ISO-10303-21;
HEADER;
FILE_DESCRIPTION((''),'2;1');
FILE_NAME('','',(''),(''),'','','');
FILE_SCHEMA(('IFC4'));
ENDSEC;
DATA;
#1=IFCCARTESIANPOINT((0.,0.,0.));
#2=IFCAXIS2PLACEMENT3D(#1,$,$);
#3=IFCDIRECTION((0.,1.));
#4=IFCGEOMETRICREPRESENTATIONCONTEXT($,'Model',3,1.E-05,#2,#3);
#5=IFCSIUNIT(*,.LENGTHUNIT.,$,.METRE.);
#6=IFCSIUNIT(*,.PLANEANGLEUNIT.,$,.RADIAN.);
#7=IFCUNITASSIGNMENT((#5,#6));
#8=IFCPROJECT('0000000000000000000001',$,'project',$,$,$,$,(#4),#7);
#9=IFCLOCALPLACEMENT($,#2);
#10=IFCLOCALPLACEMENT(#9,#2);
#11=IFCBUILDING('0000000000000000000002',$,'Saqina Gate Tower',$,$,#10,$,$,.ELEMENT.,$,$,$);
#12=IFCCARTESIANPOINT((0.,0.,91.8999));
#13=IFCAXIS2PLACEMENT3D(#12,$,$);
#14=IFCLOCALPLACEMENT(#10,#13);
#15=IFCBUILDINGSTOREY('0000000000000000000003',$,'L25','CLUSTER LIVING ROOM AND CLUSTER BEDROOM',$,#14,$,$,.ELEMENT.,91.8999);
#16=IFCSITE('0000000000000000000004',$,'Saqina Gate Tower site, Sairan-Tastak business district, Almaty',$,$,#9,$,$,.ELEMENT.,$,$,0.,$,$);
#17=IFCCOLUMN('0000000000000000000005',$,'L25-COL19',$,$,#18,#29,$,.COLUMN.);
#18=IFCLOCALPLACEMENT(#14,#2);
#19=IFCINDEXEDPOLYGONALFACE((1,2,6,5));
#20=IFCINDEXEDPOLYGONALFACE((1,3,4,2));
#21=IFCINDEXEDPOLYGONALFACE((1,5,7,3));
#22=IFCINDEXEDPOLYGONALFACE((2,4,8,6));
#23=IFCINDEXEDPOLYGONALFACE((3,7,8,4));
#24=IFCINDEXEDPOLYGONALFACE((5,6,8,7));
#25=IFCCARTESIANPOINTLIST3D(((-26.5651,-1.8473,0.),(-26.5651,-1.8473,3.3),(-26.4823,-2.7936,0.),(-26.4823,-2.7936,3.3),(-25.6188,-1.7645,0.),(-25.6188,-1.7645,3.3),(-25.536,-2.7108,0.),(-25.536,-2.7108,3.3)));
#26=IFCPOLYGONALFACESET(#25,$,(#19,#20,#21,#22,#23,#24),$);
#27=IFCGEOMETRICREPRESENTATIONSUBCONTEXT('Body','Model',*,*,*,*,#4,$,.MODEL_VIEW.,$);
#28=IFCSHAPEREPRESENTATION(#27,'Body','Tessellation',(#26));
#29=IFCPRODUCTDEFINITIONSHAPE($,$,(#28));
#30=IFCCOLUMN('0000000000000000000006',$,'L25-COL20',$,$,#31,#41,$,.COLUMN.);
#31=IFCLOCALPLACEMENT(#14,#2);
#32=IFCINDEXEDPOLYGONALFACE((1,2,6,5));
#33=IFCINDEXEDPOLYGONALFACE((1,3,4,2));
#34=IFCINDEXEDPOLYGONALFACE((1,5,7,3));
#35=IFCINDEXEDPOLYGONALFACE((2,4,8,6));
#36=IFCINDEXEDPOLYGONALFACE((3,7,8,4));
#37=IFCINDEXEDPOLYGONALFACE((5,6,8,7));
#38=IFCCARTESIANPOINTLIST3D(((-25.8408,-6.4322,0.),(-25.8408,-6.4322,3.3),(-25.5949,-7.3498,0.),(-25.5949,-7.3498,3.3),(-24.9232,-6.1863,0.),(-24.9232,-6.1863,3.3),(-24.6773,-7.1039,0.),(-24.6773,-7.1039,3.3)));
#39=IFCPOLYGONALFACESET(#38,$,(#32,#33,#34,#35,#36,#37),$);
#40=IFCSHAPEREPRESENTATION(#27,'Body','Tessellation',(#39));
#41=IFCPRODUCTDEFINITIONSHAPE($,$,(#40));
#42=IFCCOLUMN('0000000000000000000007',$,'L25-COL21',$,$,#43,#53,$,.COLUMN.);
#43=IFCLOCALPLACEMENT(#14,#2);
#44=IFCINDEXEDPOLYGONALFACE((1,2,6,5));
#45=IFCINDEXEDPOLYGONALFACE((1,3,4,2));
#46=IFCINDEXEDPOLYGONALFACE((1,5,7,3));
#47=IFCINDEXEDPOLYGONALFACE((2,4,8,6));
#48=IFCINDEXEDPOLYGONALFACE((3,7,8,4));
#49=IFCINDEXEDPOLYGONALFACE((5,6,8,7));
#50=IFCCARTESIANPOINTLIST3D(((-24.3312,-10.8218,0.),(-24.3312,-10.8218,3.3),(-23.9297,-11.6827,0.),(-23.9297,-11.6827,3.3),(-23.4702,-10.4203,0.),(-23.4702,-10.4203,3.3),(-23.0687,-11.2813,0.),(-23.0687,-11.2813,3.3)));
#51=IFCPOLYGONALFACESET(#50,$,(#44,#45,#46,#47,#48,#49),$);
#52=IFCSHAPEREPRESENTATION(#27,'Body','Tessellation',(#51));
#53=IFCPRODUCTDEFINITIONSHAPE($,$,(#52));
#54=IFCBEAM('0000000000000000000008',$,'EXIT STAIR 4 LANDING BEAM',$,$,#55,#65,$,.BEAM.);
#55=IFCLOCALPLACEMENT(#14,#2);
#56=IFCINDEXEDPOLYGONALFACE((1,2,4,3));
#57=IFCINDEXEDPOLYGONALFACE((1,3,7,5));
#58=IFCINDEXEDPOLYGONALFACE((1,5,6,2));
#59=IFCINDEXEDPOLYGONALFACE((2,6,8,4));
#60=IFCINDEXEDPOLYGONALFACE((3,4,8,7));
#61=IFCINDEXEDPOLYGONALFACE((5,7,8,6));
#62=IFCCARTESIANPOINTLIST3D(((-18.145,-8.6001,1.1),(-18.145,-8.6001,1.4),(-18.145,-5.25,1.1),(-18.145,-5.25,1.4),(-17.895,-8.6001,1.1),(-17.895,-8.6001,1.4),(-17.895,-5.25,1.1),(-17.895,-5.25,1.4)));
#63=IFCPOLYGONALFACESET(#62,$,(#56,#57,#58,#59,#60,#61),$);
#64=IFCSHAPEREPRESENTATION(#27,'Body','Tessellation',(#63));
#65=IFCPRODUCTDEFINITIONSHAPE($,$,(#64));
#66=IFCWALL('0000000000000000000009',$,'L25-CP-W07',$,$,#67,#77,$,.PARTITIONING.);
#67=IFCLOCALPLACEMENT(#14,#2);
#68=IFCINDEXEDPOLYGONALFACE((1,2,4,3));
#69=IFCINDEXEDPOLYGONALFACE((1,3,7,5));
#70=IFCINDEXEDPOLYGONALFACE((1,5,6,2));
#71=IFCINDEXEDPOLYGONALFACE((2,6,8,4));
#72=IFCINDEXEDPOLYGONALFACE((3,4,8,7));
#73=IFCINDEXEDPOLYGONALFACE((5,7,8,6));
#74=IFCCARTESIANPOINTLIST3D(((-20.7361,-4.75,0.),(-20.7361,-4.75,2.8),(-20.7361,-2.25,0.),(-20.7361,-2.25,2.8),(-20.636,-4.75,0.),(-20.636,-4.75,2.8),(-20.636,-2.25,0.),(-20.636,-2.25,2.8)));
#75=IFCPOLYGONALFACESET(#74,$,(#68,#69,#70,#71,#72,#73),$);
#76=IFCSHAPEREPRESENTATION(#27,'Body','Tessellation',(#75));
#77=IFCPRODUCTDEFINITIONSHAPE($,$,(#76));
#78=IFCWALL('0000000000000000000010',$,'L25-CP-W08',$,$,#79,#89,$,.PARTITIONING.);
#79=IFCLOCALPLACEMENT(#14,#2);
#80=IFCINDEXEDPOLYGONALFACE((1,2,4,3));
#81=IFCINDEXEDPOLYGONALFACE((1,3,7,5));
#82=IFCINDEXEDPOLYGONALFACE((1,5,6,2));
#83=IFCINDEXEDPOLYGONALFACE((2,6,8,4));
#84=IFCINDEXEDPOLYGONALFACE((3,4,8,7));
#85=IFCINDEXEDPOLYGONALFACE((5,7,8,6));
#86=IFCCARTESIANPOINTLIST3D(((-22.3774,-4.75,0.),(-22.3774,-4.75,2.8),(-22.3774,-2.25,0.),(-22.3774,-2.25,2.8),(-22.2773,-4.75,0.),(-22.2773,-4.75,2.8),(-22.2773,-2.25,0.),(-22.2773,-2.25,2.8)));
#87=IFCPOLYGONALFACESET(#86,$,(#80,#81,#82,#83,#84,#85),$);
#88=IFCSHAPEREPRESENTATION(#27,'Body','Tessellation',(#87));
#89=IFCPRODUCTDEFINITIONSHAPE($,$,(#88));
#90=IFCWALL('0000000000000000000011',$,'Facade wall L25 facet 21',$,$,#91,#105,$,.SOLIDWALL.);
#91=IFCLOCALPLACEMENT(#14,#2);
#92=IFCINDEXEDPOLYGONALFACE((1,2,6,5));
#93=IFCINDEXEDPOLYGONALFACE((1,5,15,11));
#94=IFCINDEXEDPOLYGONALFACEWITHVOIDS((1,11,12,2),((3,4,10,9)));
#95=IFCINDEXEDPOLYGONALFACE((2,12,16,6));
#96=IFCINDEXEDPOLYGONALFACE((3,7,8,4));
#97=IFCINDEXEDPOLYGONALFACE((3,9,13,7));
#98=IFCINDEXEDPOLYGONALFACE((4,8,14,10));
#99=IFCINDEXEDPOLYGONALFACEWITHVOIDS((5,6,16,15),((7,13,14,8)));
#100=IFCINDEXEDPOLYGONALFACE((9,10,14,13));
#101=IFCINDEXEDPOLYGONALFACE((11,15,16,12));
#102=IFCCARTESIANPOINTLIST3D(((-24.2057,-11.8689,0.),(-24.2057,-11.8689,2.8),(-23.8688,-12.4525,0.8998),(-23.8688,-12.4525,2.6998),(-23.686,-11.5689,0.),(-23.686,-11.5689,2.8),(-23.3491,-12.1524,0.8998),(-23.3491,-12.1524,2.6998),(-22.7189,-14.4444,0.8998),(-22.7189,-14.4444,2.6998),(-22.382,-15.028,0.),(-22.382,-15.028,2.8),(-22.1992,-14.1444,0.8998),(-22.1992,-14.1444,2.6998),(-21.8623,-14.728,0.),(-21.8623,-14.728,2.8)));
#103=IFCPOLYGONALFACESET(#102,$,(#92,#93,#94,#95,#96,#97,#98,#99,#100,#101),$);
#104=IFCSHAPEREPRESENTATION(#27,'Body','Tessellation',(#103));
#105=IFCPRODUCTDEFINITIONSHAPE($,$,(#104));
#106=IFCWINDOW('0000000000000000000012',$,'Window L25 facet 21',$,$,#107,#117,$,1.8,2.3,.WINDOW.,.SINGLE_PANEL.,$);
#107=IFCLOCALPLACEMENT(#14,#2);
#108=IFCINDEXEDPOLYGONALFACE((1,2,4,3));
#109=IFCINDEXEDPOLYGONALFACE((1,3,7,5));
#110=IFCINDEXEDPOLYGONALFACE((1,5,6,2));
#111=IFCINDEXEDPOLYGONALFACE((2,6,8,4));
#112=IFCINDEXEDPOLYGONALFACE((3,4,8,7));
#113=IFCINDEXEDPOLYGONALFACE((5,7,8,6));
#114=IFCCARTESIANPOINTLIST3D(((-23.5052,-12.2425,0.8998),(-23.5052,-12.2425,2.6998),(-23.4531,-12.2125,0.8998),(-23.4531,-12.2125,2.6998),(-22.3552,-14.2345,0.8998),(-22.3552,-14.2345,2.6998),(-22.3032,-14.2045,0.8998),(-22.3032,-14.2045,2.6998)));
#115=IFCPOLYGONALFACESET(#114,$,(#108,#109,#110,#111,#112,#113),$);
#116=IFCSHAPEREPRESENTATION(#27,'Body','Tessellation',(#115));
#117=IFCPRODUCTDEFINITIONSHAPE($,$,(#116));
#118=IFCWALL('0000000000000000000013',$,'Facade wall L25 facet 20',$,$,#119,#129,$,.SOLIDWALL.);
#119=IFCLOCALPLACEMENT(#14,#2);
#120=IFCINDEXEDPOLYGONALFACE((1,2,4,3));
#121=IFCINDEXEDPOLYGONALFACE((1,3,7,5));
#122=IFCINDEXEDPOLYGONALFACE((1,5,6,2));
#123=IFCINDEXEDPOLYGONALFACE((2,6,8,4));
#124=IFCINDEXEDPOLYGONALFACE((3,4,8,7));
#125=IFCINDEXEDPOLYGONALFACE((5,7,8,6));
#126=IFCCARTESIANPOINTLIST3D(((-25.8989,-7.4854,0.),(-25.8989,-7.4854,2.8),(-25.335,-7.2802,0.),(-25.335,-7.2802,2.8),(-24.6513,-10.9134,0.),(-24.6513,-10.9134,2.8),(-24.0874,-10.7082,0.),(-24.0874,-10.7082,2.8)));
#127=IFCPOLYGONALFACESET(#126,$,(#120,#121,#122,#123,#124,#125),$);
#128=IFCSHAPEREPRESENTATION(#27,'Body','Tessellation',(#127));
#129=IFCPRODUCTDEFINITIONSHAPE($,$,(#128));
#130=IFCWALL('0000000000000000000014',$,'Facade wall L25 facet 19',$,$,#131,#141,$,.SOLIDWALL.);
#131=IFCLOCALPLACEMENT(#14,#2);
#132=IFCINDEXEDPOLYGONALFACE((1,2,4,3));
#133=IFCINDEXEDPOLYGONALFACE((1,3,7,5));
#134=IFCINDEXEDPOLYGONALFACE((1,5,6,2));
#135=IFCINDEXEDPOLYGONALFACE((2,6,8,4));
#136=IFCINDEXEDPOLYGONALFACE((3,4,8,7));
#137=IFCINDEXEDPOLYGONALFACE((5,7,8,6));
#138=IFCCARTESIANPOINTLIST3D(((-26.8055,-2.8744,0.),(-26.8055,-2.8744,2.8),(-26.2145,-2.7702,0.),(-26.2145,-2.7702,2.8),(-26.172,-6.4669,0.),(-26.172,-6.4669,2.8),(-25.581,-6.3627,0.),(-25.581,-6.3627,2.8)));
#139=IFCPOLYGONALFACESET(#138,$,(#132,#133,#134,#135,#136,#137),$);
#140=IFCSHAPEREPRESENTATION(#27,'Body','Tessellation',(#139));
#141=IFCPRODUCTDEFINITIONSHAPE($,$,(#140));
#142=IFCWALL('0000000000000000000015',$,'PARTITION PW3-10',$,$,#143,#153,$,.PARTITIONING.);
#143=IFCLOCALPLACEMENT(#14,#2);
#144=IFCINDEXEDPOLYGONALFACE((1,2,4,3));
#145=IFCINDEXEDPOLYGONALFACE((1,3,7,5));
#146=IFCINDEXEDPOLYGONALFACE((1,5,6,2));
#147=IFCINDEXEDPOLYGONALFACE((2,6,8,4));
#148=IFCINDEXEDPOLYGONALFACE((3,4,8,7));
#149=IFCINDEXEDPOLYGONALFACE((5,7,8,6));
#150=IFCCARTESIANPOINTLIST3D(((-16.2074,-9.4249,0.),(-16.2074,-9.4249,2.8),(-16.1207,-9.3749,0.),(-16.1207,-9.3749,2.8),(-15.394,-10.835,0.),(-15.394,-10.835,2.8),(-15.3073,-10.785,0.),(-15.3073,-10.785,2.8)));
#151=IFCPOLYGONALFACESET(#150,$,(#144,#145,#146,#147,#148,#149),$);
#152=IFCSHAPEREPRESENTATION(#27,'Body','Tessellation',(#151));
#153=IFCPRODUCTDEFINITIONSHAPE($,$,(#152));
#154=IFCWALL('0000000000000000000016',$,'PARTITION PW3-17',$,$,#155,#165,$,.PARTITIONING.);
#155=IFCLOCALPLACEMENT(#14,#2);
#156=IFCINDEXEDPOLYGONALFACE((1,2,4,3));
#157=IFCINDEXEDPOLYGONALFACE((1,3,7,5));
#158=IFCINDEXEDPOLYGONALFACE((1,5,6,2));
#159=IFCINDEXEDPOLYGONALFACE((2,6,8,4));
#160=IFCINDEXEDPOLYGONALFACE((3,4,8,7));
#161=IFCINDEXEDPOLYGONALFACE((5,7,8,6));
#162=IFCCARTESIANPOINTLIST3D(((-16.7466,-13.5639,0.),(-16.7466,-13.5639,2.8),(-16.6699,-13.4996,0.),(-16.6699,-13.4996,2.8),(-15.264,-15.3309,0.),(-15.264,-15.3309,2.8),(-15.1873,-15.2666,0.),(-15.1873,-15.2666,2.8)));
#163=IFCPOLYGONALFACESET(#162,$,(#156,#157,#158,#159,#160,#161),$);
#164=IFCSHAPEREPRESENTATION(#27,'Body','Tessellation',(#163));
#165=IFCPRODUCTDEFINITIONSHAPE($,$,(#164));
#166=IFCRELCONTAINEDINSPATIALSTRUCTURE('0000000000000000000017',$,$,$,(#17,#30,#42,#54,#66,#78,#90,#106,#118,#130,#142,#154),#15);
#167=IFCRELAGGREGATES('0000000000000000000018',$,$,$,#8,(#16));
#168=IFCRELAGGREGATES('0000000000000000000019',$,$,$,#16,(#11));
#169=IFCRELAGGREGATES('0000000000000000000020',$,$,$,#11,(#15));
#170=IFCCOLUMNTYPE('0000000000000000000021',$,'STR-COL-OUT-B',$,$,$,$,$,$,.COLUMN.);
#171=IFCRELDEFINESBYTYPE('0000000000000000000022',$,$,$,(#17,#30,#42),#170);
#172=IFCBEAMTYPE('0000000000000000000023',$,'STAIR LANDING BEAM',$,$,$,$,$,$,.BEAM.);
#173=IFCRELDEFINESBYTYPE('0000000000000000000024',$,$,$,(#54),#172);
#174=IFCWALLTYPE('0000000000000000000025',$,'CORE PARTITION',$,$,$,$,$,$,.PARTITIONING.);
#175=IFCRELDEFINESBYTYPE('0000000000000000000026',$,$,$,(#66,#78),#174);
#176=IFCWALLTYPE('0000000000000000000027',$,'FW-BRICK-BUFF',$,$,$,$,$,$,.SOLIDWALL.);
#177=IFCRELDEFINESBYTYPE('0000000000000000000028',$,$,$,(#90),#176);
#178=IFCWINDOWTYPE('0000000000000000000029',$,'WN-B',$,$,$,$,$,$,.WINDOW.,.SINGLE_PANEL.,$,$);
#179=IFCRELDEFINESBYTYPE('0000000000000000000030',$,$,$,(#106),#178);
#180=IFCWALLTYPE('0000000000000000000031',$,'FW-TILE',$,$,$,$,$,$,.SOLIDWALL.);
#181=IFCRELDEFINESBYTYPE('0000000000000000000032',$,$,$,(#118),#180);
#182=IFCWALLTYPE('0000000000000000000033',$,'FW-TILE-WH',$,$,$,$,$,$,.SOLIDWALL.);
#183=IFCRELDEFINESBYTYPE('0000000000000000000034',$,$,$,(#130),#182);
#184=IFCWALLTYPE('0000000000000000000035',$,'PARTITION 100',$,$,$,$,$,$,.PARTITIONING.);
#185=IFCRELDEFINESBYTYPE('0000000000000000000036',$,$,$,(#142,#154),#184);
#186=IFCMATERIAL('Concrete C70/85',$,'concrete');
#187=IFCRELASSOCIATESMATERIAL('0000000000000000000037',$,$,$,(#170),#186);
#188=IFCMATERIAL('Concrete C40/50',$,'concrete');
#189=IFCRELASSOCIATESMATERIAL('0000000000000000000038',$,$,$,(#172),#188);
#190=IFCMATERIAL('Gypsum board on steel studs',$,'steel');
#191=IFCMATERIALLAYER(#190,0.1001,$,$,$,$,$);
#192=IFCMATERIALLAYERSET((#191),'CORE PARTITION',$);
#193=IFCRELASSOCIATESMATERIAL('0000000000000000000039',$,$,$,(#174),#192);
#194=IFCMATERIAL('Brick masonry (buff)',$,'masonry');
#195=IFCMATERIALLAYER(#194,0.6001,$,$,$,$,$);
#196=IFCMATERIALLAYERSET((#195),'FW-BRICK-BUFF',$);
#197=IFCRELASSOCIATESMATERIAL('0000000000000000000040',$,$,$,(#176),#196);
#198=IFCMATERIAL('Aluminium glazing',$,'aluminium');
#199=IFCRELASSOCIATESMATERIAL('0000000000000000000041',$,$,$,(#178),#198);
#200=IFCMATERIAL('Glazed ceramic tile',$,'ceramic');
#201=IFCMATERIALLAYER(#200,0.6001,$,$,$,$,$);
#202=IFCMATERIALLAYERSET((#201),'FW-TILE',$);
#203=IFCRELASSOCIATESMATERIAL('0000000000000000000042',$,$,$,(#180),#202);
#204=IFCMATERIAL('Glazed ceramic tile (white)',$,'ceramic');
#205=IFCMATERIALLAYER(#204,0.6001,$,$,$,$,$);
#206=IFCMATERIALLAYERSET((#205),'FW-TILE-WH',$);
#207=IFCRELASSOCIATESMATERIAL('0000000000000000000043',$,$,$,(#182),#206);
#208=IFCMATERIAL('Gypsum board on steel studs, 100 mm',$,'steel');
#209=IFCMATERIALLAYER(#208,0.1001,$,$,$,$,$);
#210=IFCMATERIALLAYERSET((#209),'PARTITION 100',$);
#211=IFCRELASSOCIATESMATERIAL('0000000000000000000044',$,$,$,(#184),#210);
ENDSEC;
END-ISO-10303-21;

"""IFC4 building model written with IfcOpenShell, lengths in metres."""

from ifc_helpers import new_model, si_unit, direction, frame, frame_2d, origin, origin_2d, place, context, subcontext, project, spatial, rectangle, extrude, material, layer, layer_set, material_profile, profile_set, type_object, element, fill, save


model = new_model("IFC4")

# Units and contexts
model_context = context("Model", 3, precision=1e-05, world=origin(), true_north=direction((0.0, 1.0)))
body_context = subcontext(model_context, "Body", "Model", "MODEL_VIEW")
ifc_project = project(units=[si_unit("LENGTHUNIT", "METRE"), si_unit("PLANEANGLEUNIT", "RADIAN")], contexts=[model_context])

# Site, building, storey
site_placement = place(None, origin())
site = spatial("IfcSite", under=ifc_project, at=site_placement, Name="Saqina Gate Tower site, Sairan-Tastak business district, Almaty", CompositionType="ELEMENT", RefElevation=0.0)
building_placement = place(site_placement, origin())
building = spatial("IfcBuilding", under=site, at=building_placement, Name="Saqina Gate Tower", CompositionType="ELEMENT")
storey_placement = place(building_placement, frame((0.0, 0.0, 91.8999)))
storey = spatial("IfcBuildingStorey", under=building, at=storey_placement, Name="L25", Description="CLUSTER LIVING ROOM AND CLUSTER BEDROOM", CompositionType="ELEMENT", Elevation=91.8999)

# Columns
ifc_material_1 = material(Name="Concrete C70/85", Category="concrete")
ifc_material_profile_1 = material_profile(ifc_material_1, rectangle(XDim=0.95, YDim=0.95, at=origin_2d()), Name="RC 950x950")
ifc_profile_set_1 = profile_set([ifc_material_profile_1], Name="Concrete C70/85")
column_type = type_object("IfcColumnType", Name="STR-COL-OUT-B", PredefinedType="COLUMN", material=ifc_profile_set_1)
for number, where, z_axis, x_axis, name in (
    (1, (-26.0505, -2.2791, 0.0), (0.0, 0.0, 1.0), (-0.996195, -0.087156, 0.0), "L25-COL19"),
    (2, (-25.259, -6.7681, 0.0), (0.0, 0.0, 1.0), (-0.965926, -0.258819, 0.0), "L25-COL20"),
    (3, (-23.7, -11.0515, 0.0), (0.0, 0.0, 1.0), (-0.906308, -0.422618, 0.0), "L25-COL21"),
):
    element("IfcColumn", number, at=place(storey_placement, frame(where, z_axis=z_axis, x_axis=x_axis)), inside=storey, type_object=column_type, Name=name, PredefinedType="COLUMN", context=body_context, shape_type="SweptSolid", body=[
        extrude(rectangle(XDim=0.95, YDim=0.95, at=origin_2d()), origin(), (0.0, 0.0, 1.0), 3.3),
    ])

# Beam
ifc_material_2 = material(Name="Concrete C40/50", Category="concrete")
ifc_material_profile_2 = material_profile(ifc_material_2, rectangle(XDim=0.25, YDim=0.3, at=origin_2d()), Name="STAIR LANDING BEAM")
ifc_profile_set_2 = profile_set([ifc_material_profile_2], Name="Concrete C40/50")
beam_type = type_object("IfcBeamType", Name="STAIR LANDING BEAM", PredefinedType="BEAM", material=ifc_profile_set_2)
beam_placement = place(storey_placement, frame((-18.02, -8.6001, 1.25), z_axis=(0.0, 1.0, 0.0), x_axis=(-1.0, 0.0, 0.0)))
element("IfcBeam", 4, at=beam_placement, inside=storey, type_object=beam_type, Name="EXIT STAIR 4 LANDING BEAM", PredefinedType="BEAM", context=body_context, shape_type="SweptSolid", body=[
    extrude(rectangle(XDim=0.25, YDim=0.3, at=origin_2d()), origin(), (0.0, 0.0, 1.0), 3.3501),
])

# Walls
ifc_material_3 = material(Name="Gypsum board on steel studs", Category="steel")
ifc_layer_1 = layer(ifc_material_3, 0.1001)
ifc_layer_set_1 = layer_set([ifc_layer_1], Name="CORE PARTITION")
wall_type_1 = type_object("IfcWallType", Name="CORE PARTITION", PredefinedType="PARTITIONING", material=ifc_layer_set_1)
for number, where, z_axis, x_axis, name in (
    (5, (-20.686, -4.75, 0.0), (0.0, 0.0, 1.0), (0.0, 1.0, 0.0), "L25-CP-W07"),
    (6, (-22.3274, -4.75, 0.0), (0.0, 0.0, 1.0), (0.0, 1.0, 0.0), "L25-CP-W08"),
):
    element("IfcWall", number, at=place(storey_placement, frame(where, z_axis=z_axis, x_axis=x_axis)), inside=storey, type_object=wall_type_1, Name=name, PredefinedType="PARTITIONING", context=body_context, shape_type="SweptSolid", body=[
        extrude(rectangle(XDim=2.5, YDim=0.1001, at=frame_2d((1.25, 0.0))), origin(), (0.0, 0.0, 1.0), 2.8),
    ])

# Wall, opening, window
ifc_material_4 = material(Name="Brick masonry (buff)", Category="masonry")
ifc_layer_2 = layer(ifc_material_4, 0.6001)
ifc_layer_set_2 = layer_set([ifc_layer_2], Name="FW-BRICK-BUFF")
wall_type_2 = type_object("IfcWallType", Name="FW-BRICK-BUFF", PredefinedType="SOLIDWALL", material=ifc_layer_set_2)
wall_1_placement = place(storey_placement, frame((-23.9458, -11.719, 0.0), z_axis=(0.0, 0.0, 1.0), x_axis=(0.499954, -0.866052, 0.0)))
wall_1 = element("IfcWall", 7, at=wall_1_placement, inside=storey, type_object=wall_type_2, Name="Facade wall L25 facet 21", PredefinedType="SOLIDWALL", context=body_context, shape_type="SweptSolid", body=[
    extrude(rectangle(XDim=3.6477, YDim=0.6001, at=frame_2d((1.8237, 0.0))), origin(), (0.0, 0.0, 1.0), 2.8),
])
opening_1_placement = place(wall_1_placement, frame((0.6738, 0.0, 0.8999)))
opening_1 = element("IfcOpeningElement", 8, at=opening_1_placement, cuts=wall_1, PredefinedType="OPENING", context=body_context, shape_type="SweptSolid", body=[
    extrude(rectangle(XDim=2.3, YDim=1.8, at=frame_2d((1.1499, 0.8999))), frame((0.0, 0.312, 0.0), z_axis=(0.0, -1.0, 0.0), x_axis=(1.0, 0.0, 0.0)), (0.0, 0.0, 1.0), 0.624),
])
ifc_material_5 = material(Name="Aluminium glazing", Category="aluminium")
window_type = type_object("IfcWindowType", Name="WN-B", PartitioningType="SINGLE_PANEL", PredefinedType="WINDOW", material=ifc_material_5)
window_placement = place(opening_1_placement, origin())
window = element("IfcWindow", 9, at=window_placement, inside=storey, type_object=window_type, Name="Window L25 facet 21", OverallHeight=1.8, OverallWidth=2.3, PartitioningType="SINGLE_PANEL", PredefinedType="WINDOW", context=body_context, shape_type="SweptSolid", body=[
    extrude(rectangle(XDim=2.3, YDim=1.8, at=frame_2d((1.1499, 0.8999))), frame((0.0, 0.1799, 0.0), z_axis=(0.0, -1.0, 0.0), x_axis=(1.0, 0.0, 0.0)), (0.0, 0.0, 1.0), 0.0601),
])
fill(opening_1, window)

# Walls
ifc_material_6 = material(Name="Glazed ceramic tile", Category="ceramic")
ifc_layer_3 = layer(ifc_material_6, 0.6001)
ifc_layer_set_3 = layer_set([ifc_layer_3], Name="FW-TILE")
wall_type_3 = type_object("IfcWallType", Name="FW-TILE", PredefinedType="SOLIDWALL", material=ifc_layer_set_3)
wall_2_placement = place(storey_placement, frame((-25.6169, -7.3828, 0.0), z_axis=(0.0, 0.0, 1.0), x_axis=(0.34199, -0.939704, 0.0)))
element("IfcWall", 10, at=wall_2_placement, inside=storey, type_object=wall_type_3, Name="Facade wall L25 facet 20", PredefinedType="SOLIDWALL", context=body_context, shape_type="SweptSolid", body=[
    extrude(rectangle(XDim=3.6479, YDim=0.6001, at=frame_2d((1.824, 0.0))), origin(), (0.0, 0.0, 1.0), 2.8),
])
ifc_material_7 = material(Name="Glazed ceramic tile (white)", Category="ceramic")
ifc_layer_4 = layer(ifc_material_7, 0.6001)
ifc_layer_set_4 = layer_set([ifc_layer_4], Name="FW-TILE-WH")
wall_type_4 = type_object("IfcWallType", Name="FW-TILE-WH", PredefinedType="SOLIDWALL", material=ifc_layer_set_4)
wall_3_placement = place(storey_placement, frame((-26.51, -2.8223, 0.0), z_axis=(0.0, 0.0, 1.0), x_axis=(0.173671, -0.984804, 0.0)))
element("IfcWall", 11, at=wall_3_placement, inside=storey, type_object=wall_type_4, Name="Facade wall L25 facet 19", PredefinedType="SOLIDWALL", context=body_context, shape_type="SweptSolid", body=[
    extrude(rectangle(XDim=3.6479, YDim=0.6001, at=frame_2d((1.824, 0.0))), origin(), (0.0, 0.0, 1.0), 2.8),
])
ifc_material_8 = material(Name="Gypsum board on steel studs, 100 mm", Category="steel")
ifc_layer_5 = layer(ifc_material_8, 0.1001)
ifc_layer_set_5 = layer_set([ifc_layer_5], Name="PARTITION 100")
wall_type_5 = type_object("IfcWallType", Name="PARTITION 100", PredefinedType="PARTITIONING", material=ifc_layer_set_5)
wall_4_placement = place(storey_placement, frame((-16.1641, -9.3999, 0.0), z_axis=(0.0, 0.0, 1.0), x_axis=(0.499688, -0.866206, 0.0)))
element("IfcWall", 12, at=wall_4_placement, inside=storey, type_object=wall_type_5, Name="PARTITION PW3-10", PredefinedType="PARTITIONING", context=body_context, shape_type="SweptSolid", body=[
    extrude(rectangle(XDim=1.6279, YDim=0.1001, at=frame_2d((0.814, 0.0))), origin(), (0.0, 0.0, 1.0), 2.8),
])
wall_5_placement = place(storey_placement, frame((-16.7083, -13.5317, 0.0), z_axis=(0.0, 0.0, 1.0), x_axis=(0.642763, -0.766065, 0.0)))
element("IfcWall", 13, at=wall_5_placement, inside=storey, type_object=wall_type_5, Name="PARTITION PW3-17", PredefinedType="PARTITIONING", context=body_context, shape_type="SweptSolid", body=[
    extrude(rectangle(XDim=2.3066, YDim=0.1001, at=frame_2d((1.1533, 0.0))), origin(), (0.0, 0.0, 1.0), 2.8),
])

save(model, "model.ifc")
